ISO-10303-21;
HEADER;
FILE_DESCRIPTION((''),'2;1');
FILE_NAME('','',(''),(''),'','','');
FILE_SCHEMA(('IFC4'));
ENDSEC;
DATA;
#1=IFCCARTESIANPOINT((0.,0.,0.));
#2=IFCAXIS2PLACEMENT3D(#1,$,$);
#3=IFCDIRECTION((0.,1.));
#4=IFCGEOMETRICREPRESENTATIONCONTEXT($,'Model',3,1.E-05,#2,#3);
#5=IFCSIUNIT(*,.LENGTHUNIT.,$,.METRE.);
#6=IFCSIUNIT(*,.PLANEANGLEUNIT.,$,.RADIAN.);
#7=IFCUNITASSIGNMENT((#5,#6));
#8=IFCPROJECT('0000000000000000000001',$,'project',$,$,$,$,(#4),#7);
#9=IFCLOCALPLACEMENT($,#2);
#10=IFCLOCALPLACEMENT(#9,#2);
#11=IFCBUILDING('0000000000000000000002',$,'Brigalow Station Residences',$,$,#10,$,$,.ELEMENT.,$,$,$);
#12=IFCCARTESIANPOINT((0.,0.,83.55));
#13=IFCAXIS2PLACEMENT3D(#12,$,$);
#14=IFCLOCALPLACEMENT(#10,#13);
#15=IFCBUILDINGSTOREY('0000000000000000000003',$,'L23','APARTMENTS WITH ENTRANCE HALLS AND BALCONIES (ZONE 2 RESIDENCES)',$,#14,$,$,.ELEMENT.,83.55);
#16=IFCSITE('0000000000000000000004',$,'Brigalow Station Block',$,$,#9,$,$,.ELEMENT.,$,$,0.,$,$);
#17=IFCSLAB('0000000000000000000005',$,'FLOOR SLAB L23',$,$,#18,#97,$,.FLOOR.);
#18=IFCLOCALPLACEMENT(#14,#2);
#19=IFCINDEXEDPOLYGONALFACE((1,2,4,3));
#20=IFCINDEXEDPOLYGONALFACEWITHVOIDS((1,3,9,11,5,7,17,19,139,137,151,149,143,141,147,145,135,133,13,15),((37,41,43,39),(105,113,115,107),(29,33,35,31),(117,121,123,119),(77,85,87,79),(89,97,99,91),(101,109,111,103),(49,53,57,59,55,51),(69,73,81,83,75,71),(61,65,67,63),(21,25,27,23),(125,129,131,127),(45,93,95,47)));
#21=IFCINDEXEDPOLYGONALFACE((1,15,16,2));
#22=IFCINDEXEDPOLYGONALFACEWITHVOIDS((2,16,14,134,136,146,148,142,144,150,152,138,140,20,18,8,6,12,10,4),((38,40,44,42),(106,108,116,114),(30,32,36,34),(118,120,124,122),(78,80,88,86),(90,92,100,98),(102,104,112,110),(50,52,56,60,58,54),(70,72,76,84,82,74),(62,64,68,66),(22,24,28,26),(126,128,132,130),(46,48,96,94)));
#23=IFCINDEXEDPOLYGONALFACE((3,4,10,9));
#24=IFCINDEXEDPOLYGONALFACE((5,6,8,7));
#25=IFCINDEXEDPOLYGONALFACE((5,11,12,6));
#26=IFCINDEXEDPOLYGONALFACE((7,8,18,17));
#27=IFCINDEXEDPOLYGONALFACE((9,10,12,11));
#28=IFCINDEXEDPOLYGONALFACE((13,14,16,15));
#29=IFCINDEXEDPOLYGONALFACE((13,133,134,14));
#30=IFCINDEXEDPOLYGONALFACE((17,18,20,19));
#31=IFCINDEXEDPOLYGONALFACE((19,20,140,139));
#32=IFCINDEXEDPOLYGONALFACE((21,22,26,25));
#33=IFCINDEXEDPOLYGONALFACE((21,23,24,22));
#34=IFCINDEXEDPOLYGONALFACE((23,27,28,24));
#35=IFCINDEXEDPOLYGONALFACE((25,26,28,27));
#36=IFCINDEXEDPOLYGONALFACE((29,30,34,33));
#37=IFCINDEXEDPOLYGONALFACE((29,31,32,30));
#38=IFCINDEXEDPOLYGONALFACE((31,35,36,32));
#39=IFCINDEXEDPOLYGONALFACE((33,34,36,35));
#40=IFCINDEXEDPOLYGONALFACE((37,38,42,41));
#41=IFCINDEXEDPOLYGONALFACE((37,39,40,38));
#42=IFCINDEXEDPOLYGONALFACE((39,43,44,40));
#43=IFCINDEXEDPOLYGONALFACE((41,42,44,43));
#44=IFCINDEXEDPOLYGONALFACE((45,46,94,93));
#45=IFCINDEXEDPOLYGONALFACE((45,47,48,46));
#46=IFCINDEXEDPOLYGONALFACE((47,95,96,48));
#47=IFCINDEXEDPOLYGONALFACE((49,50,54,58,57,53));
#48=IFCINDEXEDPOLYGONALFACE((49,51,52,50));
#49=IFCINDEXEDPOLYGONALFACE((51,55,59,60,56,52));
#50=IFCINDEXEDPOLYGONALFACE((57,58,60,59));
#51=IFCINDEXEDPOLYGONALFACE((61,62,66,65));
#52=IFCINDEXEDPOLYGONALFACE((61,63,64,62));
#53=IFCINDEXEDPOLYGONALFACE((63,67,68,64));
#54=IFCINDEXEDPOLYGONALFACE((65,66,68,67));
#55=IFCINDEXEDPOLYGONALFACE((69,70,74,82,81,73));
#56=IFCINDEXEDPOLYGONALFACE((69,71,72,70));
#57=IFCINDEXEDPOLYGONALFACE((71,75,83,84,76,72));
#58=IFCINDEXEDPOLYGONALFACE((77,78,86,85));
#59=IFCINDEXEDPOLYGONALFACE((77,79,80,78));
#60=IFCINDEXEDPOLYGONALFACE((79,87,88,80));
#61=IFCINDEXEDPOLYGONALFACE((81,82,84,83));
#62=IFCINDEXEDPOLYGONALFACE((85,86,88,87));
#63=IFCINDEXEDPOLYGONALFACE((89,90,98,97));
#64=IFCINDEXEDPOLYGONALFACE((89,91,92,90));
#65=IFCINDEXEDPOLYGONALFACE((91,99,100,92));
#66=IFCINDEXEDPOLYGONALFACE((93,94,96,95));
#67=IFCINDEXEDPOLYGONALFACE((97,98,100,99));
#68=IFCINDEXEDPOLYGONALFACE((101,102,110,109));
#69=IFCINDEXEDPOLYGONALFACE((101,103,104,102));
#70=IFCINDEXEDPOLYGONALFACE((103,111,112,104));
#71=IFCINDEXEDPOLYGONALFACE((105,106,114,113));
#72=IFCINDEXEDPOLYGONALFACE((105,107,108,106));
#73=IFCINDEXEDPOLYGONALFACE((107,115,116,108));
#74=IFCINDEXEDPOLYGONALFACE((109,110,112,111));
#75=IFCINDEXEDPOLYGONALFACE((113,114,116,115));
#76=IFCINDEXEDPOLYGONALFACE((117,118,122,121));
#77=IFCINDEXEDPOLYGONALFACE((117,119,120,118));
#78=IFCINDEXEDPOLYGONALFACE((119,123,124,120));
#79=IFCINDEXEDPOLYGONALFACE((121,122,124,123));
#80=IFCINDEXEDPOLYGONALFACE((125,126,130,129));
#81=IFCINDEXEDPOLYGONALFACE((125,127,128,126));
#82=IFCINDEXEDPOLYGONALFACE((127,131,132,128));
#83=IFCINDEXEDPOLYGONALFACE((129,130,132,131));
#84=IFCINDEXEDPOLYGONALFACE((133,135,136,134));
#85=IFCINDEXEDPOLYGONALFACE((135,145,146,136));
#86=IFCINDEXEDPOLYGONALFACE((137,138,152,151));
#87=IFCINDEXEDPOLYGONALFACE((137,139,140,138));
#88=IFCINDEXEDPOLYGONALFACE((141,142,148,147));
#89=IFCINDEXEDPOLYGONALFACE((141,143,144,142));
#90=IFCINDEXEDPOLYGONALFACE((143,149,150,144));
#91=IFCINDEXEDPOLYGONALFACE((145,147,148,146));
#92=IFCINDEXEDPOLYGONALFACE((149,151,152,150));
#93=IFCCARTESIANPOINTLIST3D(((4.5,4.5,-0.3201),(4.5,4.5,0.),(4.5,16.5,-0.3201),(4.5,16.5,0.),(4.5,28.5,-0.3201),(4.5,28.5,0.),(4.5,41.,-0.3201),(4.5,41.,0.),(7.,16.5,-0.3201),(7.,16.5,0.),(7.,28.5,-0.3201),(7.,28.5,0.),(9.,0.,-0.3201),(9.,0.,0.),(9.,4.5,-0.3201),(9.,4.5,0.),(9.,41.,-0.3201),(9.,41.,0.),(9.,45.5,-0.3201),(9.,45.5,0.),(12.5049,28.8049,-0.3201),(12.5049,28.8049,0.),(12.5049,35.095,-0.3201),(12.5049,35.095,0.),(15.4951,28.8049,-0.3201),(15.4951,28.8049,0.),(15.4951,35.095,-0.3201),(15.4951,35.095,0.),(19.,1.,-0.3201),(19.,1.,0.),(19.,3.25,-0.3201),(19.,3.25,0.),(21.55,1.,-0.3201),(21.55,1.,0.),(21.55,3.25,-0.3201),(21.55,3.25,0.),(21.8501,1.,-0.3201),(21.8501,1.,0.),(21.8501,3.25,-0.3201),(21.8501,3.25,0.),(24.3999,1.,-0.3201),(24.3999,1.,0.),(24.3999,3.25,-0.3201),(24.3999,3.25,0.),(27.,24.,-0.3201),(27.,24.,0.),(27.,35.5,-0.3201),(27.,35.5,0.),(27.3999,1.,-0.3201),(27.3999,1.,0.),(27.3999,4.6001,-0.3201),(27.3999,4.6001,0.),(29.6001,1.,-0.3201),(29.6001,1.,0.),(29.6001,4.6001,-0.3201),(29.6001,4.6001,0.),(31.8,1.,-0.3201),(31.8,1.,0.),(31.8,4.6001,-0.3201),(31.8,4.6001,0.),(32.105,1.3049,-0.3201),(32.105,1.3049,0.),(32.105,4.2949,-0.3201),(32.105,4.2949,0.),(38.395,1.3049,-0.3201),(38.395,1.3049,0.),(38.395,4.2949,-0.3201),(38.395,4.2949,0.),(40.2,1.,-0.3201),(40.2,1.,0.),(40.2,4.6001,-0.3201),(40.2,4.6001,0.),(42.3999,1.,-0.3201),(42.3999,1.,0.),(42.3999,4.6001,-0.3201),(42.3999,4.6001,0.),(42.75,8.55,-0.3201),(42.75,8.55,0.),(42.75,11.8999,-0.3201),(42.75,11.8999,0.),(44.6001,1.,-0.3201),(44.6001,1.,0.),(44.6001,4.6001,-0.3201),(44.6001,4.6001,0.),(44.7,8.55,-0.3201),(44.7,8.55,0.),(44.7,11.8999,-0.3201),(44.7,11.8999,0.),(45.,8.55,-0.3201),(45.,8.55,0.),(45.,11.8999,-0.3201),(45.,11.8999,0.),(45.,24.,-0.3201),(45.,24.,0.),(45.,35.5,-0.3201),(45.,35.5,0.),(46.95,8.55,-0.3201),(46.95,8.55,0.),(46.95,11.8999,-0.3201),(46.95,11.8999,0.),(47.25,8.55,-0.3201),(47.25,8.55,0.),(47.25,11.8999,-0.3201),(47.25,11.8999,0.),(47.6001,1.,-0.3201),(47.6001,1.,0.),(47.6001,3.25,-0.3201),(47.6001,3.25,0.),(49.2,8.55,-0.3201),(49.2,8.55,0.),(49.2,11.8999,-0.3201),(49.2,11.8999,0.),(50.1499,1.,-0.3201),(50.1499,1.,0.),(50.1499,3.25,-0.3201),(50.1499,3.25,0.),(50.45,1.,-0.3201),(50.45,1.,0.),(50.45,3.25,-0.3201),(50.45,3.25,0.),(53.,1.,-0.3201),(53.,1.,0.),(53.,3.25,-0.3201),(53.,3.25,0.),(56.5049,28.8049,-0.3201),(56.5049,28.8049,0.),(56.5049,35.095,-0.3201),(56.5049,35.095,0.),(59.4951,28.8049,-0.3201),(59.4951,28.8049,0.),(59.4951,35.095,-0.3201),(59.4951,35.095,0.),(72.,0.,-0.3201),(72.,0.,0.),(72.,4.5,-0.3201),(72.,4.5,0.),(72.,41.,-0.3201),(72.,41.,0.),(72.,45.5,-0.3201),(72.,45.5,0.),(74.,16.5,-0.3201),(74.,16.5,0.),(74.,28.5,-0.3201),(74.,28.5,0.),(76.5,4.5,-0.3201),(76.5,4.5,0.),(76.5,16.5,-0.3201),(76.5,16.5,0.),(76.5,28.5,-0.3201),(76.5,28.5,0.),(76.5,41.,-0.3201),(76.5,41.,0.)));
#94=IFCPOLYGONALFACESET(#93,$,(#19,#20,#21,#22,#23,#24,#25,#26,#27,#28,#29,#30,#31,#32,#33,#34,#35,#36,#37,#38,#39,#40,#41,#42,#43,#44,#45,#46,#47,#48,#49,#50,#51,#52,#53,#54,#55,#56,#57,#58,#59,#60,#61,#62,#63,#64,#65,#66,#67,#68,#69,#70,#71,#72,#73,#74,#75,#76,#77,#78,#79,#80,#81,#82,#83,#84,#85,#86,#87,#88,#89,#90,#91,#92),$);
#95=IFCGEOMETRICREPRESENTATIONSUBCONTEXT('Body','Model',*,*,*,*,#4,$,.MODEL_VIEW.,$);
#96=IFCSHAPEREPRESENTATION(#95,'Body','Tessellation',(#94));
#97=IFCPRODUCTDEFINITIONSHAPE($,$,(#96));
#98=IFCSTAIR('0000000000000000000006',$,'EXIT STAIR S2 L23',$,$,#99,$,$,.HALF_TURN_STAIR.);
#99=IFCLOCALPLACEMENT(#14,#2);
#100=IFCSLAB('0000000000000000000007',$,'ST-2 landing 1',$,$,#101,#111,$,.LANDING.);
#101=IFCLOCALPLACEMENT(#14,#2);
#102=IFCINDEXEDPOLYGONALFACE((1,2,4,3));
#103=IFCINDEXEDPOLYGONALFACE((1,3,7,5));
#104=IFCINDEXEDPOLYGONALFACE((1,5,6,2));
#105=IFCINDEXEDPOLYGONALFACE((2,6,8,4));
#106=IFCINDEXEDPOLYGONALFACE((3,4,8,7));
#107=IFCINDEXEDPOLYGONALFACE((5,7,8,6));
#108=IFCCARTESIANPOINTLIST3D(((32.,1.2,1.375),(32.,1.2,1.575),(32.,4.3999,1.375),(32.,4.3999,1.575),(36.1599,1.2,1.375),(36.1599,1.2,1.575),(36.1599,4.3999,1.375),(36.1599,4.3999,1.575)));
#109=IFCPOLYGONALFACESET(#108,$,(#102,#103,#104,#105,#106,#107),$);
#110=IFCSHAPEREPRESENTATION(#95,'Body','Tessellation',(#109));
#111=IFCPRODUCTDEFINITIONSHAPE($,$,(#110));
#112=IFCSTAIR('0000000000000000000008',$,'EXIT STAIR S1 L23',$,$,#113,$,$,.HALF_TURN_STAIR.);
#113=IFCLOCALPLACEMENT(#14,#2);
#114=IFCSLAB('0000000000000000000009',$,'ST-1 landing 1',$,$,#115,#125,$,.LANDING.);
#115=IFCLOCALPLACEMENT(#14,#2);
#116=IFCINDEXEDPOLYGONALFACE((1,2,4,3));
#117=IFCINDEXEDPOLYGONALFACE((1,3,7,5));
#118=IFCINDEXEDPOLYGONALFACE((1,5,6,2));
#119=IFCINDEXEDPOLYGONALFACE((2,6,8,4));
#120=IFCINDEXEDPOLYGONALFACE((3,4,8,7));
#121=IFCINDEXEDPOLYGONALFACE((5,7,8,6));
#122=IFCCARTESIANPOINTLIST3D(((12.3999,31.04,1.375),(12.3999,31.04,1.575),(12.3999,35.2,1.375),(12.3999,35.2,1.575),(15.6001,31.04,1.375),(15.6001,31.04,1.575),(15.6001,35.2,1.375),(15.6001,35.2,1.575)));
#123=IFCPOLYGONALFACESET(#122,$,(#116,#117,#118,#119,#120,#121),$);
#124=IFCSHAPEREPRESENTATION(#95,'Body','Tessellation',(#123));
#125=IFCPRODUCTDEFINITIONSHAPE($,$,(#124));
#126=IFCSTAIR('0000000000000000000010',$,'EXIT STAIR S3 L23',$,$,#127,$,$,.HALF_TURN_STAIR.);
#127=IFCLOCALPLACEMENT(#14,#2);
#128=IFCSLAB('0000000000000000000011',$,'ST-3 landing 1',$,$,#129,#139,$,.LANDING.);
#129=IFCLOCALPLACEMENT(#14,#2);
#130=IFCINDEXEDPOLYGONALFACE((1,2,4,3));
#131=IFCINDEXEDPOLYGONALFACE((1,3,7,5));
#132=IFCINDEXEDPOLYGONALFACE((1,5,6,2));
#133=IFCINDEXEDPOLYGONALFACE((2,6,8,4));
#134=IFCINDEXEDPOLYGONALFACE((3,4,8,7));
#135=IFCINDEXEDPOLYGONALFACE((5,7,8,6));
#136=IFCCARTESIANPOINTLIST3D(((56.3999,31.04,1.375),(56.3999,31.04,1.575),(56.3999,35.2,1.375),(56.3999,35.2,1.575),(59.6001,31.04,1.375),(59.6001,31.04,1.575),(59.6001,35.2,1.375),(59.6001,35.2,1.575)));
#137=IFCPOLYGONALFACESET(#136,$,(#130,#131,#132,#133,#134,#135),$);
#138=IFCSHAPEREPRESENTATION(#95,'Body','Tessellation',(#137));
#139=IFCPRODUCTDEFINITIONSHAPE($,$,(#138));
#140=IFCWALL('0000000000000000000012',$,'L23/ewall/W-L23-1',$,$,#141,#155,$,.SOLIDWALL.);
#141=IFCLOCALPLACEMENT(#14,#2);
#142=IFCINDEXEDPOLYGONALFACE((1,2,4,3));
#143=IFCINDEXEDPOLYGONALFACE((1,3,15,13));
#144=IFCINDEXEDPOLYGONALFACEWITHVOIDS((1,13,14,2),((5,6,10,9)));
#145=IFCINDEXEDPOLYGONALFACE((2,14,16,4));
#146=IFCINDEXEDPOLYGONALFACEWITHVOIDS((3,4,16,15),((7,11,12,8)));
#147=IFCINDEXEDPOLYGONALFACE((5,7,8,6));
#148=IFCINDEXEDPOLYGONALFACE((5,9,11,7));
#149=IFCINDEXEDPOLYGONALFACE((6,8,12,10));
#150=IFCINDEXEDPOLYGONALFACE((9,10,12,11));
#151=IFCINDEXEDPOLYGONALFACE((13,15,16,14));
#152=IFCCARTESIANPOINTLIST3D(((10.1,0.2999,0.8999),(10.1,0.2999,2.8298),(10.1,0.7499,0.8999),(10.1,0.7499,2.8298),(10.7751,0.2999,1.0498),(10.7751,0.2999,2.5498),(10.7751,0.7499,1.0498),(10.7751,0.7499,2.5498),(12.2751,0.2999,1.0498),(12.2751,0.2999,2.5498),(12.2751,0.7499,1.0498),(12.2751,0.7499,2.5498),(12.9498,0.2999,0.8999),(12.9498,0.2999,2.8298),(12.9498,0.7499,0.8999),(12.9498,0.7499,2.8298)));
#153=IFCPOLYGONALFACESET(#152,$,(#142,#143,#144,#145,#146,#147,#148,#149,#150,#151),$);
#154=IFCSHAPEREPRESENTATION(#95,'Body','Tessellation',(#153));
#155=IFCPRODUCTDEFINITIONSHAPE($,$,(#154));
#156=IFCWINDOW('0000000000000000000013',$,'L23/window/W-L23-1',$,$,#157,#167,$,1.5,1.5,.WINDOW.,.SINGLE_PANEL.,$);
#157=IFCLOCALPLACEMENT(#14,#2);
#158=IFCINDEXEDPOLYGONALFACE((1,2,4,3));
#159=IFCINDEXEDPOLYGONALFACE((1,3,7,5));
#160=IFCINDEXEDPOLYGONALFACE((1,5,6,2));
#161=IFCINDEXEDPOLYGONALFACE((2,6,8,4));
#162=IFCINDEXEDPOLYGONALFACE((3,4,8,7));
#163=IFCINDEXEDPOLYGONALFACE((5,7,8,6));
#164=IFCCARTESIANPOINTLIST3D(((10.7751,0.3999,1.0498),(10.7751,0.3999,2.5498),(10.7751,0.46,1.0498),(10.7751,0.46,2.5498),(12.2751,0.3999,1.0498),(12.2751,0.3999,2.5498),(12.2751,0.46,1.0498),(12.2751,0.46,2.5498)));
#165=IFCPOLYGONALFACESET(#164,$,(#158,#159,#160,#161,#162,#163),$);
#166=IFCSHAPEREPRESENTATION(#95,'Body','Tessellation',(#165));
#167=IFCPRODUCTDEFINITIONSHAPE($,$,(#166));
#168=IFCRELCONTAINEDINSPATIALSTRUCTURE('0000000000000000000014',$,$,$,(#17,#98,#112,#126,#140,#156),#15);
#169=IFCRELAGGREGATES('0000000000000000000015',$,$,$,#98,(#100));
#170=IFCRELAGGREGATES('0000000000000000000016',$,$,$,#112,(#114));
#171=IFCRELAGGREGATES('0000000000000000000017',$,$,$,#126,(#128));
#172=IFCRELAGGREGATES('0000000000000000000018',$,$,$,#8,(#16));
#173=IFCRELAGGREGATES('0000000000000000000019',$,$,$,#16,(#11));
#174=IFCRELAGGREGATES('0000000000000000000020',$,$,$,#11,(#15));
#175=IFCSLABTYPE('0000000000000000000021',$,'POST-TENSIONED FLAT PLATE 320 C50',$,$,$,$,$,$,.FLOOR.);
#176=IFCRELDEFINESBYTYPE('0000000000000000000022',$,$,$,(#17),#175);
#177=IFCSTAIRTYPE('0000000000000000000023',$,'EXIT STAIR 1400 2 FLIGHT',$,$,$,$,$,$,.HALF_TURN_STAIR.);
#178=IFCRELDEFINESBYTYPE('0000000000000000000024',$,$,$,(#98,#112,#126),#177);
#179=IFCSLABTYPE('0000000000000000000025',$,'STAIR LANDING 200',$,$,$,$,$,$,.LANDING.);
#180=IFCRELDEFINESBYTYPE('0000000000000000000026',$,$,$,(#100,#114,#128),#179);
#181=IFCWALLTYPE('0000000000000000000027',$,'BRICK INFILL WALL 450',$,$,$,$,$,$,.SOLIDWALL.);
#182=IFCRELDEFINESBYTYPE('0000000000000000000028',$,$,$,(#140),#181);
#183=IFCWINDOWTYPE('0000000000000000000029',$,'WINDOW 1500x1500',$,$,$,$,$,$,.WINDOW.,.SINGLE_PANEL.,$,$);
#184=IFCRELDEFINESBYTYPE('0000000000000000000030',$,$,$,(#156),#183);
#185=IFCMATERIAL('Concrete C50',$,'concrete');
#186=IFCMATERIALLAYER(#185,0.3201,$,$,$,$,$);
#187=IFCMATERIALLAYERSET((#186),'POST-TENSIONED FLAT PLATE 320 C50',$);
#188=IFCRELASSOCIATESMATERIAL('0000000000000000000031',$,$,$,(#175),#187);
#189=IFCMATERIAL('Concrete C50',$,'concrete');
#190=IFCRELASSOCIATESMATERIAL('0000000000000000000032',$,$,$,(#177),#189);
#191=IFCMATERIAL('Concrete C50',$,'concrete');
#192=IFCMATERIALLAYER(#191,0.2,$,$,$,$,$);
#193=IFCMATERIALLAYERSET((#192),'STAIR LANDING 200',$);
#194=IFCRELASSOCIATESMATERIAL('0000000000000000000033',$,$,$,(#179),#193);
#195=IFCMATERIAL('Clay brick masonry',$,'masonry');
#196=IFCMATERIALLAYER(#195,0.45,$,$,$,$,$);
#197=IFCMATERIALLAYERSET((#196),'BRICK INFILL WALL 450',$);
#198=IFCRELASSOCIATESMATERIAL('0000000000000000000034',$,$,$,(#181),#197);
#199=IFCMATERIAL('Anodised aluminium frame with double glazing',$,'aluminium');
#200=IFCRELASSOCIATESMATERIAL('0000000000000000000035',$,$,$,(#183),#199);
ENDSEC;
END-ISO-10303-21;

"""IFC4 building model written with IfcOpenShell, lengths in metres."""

from ifc_helpers import new_model, si_unit, direction, frame, frame_2d, origin, place, context, subcontext, project, spatial, polyline, rectangle, outline, extrude, material, layer, layer_set, type_object, element, fill, aggregate, save


model = new_model("IFC4")

# Units and contexts
model_context = context("Model", 3, precision=1e-05, world=origin(), true_north=direction((0.0, 1.0)))
body_context = subcontext(model_context, "Body", "Model", "MODEL_VIEW")
ifc_project = project(units=[si_unit("LENGTHUNIT", "METRE"), si_unit("PLANEANGLEUNIT", "RADIAN")], contexts=[model_context])

# Site, building, storey
site_placement = place(None, origin())
site = spatial("IfcSite", under=ifc_project, at=site_placement, Name="Brigalow Station Block", CompositionType="ELEMENT", RefElevation=0.0)
building_placement = place(site_placement, origin())
building = spatial("IfcBuilding", under=site, at=building_placement, Name="Brigalow Station Residences", CompositionType="ELEMENT")
storey_placement = place(building_placement, frame((0.0, 0.0, 83.55)))
storey = spatial("IfcBuildingStorey", under=building, at=storey_placement, Name="L23", Description="APARTMENTS WITH ENTRANCE HALLS AND BALCONIES (ZONE 2 RESIDENCES)", CompositionType="ELEMENT", Elevation=83.55)

# Slab
ifc_material_1 = material(Name="Concrete C50", Category="concrete")
ifc_layer_1 = layer(ifc_material_1, 0.3201)
ifc_layer_set_1 = layer_set([ifc_layer_1], Name="POST-TENSIONED FLAT PLATE 320 C50")
slab_type_1 = type_object("IfcSlabType", Name="POST-TENSIONED FLAT PLATE 320 C50", PredefinedType="FLOOR", material=ifc_layer_set_1)
slab_1_placement = place(storey_placement, frame((0.0, 0.0, -0.3201)))
element("IfcSlab", 1, at=slab_1_placement, inside=storey, type_object=slab_type_1, Name="FLOOR SLAB L23", PredefinedType="FLOOR", context=body_context, shape_type="SweptSolid", body=[
    extrude(outline(polyline([(9.0, 0.0), (72.0, 0.0), (72.0, 4.5), (76.5, 4.5), (76.5, 16.5), (74.0, 16.5), (74.0, 28.5), (76.5, 28.5), (76.5, 41.0), (72.0, 41.0), (72.0, 45.5), (9.0, 45.5), (9.0, 41.0), (4.5, 41.0), (4.5, 28.5), (7.0, 28.5), (7.0, 16.5), (4.5, 16.5), (4.5, 4.5), (9.0, 4.5), (9.0, 0.0)]), holes=[polyline([(12.5049, 35.095), (15.4951, 35.095), (15.4951, 28.8049), (12.5049, 28.8049), (12.5049, 35.095)]), polyline([(19.0, 1.0), (19.0, 3.25), (21.55, 3.25), (21.55, 1.0), (19.0, 1.0)]), polyline([(21.8501, 3.25), (24.3999, 3.25), (24.3999, 1.0), (21.8501, 1.0), (21.8501, 3.25)]), polyline([(27.0, 35.5), (45.0, 35.5), (45.0, 24.0), (27.0, 24.0), (27.0, 35.5)]), polyline([(29.6001, 4.6001), (31.8, 4.6001), (31.8, 1.0), (29.6001, 1.0), (27.3999, 1.0), (27.3999, 4.6001), (29.6001, 4.6001)]), polyline([(32.105, 4.2949), (38.395, 4.2949), (38.395, 1.3049), (32.105, 1.3049), (32.105, 4.2949)]), polyline([(40.2, 4.6001), (42.3999, 4.6001), (44.6001, 4.6001), (44.6001, 1.0), (42.3999, 1.0), (40.2, 1.0), (40.2, 4.6001)]), polyline([(42.75, 11.8999), (44.7, 11.8999), (44.7, 8.55), (42.75, 8.55), (42.75, 11.8999)]), polyline([(45.0, 11.8999), (46.95, 11.8999), (46.95, 8.55), (45.0, 8.55), (45.0, 11.8999)]), polyline([(47.25, 11.8999), (49.2, 11.8999), (49.2, 8.55), (47.25, 8.55), (47.25, 11.8999)]), polyline([(47.6001, 3.25), (50.1499, 3.25), (50.1499, 1.0), (47.6001, 1.0), (47.6001, 3.25)]), polyline([(50.45, 3.25), (53.0, 3.25), (53.0, 1.0), (50.45, 1.0), (50.45, 3.25)]), polyline([(56.5049, 35.095), (59.4951, 35.095), (59.4951, 28.8049), (56.5049, 28.8049), (56.5049, 35.095)])]), origin(), (0.0, 0.0, 1.0), 0.3201),
])

# Stairs, slabs
ifc_material_2 = material(Name="Concrete C50", Category="concrete")
stair_type = type_object("IfcStairType", Name="EXIT STAIR 1400 2 FLIGHT", PredefinedType="HALF_TURN_STAIR", material=ifc_material_2)
stair_1_placement = place(storey_placement, origin())
stair_1 = element("IfcStair", 2, at=stair_1_placement, inside=storey, type_object=stair_type, Name="EXIT STAIR S2 L23", PredefinedType="HALF_TURN_STAIR")
ifc_material_3 = material(Name="Concrete C50", Category="concrete")
ifc_layer_2 = layer(ifc_material_3, 0.2)
ifc_layer_set_2 = layer_set([ifc_layer_2], Name="STAIR LANDING 200")
slab_type_2 = type_object("IfcSlabType", Name="STAIR LANDING 200", PredefinedType="LANDING", material=ifc_layer_set_2)
slab_2_placement = place(storey_placement, frame((0.0, 0.0, 1.375)))
slab_2 = element("IfcSlab", 3, at=slab_2_placement, type_object=slab_type_2, Name="ST-2 landing 1", PredefinedType="LANDING", context=body_context, shape_type="SweptSolid", body=[
    extrude(outline(polyline([(32.0, 1.2), (36.1599, 1.2), (36.1599, 4.3999), (32.0, 4.3999), (32.0, 1.2)])), origin(), (0.0, 0.0, 1.0), 0.2),
])
aggregate(stair_1, [slab_2])
stair_2_placement = place(storey_placement, origin())
stair_2 = element("IfcStair", 4, at=stair_2_placement, inside=storey, type_object=stair_type, Name="EXIT STAIR S1 L23", PredefinedType="HALF_TURN_STAIR")
slab_3_placement = place(storey_placement, frame((0.0, 0.0, 1.375)))
slab_3 = element("IfcSlab", 5, at=slab_3_placement, type_object=slab_type_2, Name="ST-1 landing 1", PredefinedType="LANDING", context=body_context, shape_type="SweptSolid", body=[
    extrude(outline(polyline([(12.3999, 31.04), (15.6001, 31.04), (15.6001, 35.2), (12.3999, 35.2), (12.3999, 31.04)])), origin(), (0.0, 0.0, 1.0), 0.2),
])
aggregate(stair_2, [slab_3])
stair_3_placement = place(storey_placement, origin())
stair_3 = element("IfcStair", 6, at=stair_3_placement, inside=storey, type_object=stair_type, Name="EXIT STAIR S3 L23", PredefinedType="HALF_TURN_STAIR")
slab_4_placement = place(storey_placement, frame((0.0, 0.0, 1.375)))
slab_4 = element("IfcSlab", 7, at=slab_4_placement, type_object=slab_type_2, Name="ST-3 landing 1", PredefinedType="LANDING", context=body_context, shape_type="SweptSolid", body=[
    extrude(outline(polyline([(56.3999, 31.04), (59.6001, 31.04), (59.6001, 35.2), (56.3999, 35.2), (56.3999, 31.04)])), origin(), (0.0, 0.0, 1.0), 0.2),
])
aggregate(stair_3, [slab_4])

# Wall, opening, window
ifc_material_4 = material(Name="Clay brick masonry", Category="masonry")
ifc_layer_3 = layer(ifc_material_4, 0.45)
ifc_layer_set_3 = layer_set([ifc_layer_3], Name="BRICK INFILL WALL 450")
wall_type_1 = type_object("IfcWallType", Name="BRICK INFILL WALL 450", PredefinedType="SOLIDWALL", material=ifc_layer_set_3)
wall_1_placement = place(storey_placement, frame((10.1001, 0.5249, 0.8999), z_axis=(0.0, 0.0, 1.0), x_axis=(1.0, 0.0, 0.0)))
wall_1 = element("IfcWall", 8, at=wall_1_placement, inside=storey, type_object=wall_type_1, Name="L23/ewall/W-L23-1", PredefinedType="SOLIDWALL", context=body_context, shape_type="SweptSolid", body=[
    extrude(rectangle(XDim=2.8499, YDim=0.45, at=frame_2d((1.4248, 0.0))), origin(), (0.0, 0.0, 1.0), 1.9299),
])
opening_1_placement = place(wall_1_placement, frame((0.675, 0.0, 0.1499)))
opening_1 = element("IfcOpeningElement", 9, at=opening_1_placement, cuts=wall_1, PredefinedType="OPENING", context=body_context, shape_type="SweptSolid", body=[
    extrude(rectangle(XDim=1.5, YDim=1.5, at=frame_2d((0.75, 0.75))), frame((0.0, 0.2349, 0.0), z_axis=(0.0, -1.0, 0.0), x_axis=(1.0, 0.0, 0.0)), (0.0, 0.0, 1.0), 0.47),
])
ifc_material_5 = material(Name="Anodised aluminium frame with double glazing", Category="aluminium")
window_type_1 = type_object("IfcWindowType", Name="WINDOW 1500x1500", PartitioningType="SINGLE_PANEL", PredefinedType="WINDOW", material=ifc_material_5)
window_1_placement = place(opening_1_placement, origin())
window_1 = element("IfcWindow", 10, at=window_1_placement, inside=storey, type_object=window_type_1, Name="L23/window/W-L23-1", OverallHeight=1.5, OverallWidth=1.5, PartitioningType="SINGLE_PANEL", PredefinedType="WINDOW", context=body_context, shape_type="SweptSolid", body=[
    extrude(rectangle(XDim=1.5, YDim=1.5, at=frame_2d((0.75, 0.75))), frame((0.0, -0.0649, 0.0), z_axis=(0.0, -1.0, 0.0), x_axis=(1.0, 0.0, 0.0)), (0.0, 0.0, 1.0), 0.0601),
])
fill(opening_1, window_1)

save(model, "model.ifc")
